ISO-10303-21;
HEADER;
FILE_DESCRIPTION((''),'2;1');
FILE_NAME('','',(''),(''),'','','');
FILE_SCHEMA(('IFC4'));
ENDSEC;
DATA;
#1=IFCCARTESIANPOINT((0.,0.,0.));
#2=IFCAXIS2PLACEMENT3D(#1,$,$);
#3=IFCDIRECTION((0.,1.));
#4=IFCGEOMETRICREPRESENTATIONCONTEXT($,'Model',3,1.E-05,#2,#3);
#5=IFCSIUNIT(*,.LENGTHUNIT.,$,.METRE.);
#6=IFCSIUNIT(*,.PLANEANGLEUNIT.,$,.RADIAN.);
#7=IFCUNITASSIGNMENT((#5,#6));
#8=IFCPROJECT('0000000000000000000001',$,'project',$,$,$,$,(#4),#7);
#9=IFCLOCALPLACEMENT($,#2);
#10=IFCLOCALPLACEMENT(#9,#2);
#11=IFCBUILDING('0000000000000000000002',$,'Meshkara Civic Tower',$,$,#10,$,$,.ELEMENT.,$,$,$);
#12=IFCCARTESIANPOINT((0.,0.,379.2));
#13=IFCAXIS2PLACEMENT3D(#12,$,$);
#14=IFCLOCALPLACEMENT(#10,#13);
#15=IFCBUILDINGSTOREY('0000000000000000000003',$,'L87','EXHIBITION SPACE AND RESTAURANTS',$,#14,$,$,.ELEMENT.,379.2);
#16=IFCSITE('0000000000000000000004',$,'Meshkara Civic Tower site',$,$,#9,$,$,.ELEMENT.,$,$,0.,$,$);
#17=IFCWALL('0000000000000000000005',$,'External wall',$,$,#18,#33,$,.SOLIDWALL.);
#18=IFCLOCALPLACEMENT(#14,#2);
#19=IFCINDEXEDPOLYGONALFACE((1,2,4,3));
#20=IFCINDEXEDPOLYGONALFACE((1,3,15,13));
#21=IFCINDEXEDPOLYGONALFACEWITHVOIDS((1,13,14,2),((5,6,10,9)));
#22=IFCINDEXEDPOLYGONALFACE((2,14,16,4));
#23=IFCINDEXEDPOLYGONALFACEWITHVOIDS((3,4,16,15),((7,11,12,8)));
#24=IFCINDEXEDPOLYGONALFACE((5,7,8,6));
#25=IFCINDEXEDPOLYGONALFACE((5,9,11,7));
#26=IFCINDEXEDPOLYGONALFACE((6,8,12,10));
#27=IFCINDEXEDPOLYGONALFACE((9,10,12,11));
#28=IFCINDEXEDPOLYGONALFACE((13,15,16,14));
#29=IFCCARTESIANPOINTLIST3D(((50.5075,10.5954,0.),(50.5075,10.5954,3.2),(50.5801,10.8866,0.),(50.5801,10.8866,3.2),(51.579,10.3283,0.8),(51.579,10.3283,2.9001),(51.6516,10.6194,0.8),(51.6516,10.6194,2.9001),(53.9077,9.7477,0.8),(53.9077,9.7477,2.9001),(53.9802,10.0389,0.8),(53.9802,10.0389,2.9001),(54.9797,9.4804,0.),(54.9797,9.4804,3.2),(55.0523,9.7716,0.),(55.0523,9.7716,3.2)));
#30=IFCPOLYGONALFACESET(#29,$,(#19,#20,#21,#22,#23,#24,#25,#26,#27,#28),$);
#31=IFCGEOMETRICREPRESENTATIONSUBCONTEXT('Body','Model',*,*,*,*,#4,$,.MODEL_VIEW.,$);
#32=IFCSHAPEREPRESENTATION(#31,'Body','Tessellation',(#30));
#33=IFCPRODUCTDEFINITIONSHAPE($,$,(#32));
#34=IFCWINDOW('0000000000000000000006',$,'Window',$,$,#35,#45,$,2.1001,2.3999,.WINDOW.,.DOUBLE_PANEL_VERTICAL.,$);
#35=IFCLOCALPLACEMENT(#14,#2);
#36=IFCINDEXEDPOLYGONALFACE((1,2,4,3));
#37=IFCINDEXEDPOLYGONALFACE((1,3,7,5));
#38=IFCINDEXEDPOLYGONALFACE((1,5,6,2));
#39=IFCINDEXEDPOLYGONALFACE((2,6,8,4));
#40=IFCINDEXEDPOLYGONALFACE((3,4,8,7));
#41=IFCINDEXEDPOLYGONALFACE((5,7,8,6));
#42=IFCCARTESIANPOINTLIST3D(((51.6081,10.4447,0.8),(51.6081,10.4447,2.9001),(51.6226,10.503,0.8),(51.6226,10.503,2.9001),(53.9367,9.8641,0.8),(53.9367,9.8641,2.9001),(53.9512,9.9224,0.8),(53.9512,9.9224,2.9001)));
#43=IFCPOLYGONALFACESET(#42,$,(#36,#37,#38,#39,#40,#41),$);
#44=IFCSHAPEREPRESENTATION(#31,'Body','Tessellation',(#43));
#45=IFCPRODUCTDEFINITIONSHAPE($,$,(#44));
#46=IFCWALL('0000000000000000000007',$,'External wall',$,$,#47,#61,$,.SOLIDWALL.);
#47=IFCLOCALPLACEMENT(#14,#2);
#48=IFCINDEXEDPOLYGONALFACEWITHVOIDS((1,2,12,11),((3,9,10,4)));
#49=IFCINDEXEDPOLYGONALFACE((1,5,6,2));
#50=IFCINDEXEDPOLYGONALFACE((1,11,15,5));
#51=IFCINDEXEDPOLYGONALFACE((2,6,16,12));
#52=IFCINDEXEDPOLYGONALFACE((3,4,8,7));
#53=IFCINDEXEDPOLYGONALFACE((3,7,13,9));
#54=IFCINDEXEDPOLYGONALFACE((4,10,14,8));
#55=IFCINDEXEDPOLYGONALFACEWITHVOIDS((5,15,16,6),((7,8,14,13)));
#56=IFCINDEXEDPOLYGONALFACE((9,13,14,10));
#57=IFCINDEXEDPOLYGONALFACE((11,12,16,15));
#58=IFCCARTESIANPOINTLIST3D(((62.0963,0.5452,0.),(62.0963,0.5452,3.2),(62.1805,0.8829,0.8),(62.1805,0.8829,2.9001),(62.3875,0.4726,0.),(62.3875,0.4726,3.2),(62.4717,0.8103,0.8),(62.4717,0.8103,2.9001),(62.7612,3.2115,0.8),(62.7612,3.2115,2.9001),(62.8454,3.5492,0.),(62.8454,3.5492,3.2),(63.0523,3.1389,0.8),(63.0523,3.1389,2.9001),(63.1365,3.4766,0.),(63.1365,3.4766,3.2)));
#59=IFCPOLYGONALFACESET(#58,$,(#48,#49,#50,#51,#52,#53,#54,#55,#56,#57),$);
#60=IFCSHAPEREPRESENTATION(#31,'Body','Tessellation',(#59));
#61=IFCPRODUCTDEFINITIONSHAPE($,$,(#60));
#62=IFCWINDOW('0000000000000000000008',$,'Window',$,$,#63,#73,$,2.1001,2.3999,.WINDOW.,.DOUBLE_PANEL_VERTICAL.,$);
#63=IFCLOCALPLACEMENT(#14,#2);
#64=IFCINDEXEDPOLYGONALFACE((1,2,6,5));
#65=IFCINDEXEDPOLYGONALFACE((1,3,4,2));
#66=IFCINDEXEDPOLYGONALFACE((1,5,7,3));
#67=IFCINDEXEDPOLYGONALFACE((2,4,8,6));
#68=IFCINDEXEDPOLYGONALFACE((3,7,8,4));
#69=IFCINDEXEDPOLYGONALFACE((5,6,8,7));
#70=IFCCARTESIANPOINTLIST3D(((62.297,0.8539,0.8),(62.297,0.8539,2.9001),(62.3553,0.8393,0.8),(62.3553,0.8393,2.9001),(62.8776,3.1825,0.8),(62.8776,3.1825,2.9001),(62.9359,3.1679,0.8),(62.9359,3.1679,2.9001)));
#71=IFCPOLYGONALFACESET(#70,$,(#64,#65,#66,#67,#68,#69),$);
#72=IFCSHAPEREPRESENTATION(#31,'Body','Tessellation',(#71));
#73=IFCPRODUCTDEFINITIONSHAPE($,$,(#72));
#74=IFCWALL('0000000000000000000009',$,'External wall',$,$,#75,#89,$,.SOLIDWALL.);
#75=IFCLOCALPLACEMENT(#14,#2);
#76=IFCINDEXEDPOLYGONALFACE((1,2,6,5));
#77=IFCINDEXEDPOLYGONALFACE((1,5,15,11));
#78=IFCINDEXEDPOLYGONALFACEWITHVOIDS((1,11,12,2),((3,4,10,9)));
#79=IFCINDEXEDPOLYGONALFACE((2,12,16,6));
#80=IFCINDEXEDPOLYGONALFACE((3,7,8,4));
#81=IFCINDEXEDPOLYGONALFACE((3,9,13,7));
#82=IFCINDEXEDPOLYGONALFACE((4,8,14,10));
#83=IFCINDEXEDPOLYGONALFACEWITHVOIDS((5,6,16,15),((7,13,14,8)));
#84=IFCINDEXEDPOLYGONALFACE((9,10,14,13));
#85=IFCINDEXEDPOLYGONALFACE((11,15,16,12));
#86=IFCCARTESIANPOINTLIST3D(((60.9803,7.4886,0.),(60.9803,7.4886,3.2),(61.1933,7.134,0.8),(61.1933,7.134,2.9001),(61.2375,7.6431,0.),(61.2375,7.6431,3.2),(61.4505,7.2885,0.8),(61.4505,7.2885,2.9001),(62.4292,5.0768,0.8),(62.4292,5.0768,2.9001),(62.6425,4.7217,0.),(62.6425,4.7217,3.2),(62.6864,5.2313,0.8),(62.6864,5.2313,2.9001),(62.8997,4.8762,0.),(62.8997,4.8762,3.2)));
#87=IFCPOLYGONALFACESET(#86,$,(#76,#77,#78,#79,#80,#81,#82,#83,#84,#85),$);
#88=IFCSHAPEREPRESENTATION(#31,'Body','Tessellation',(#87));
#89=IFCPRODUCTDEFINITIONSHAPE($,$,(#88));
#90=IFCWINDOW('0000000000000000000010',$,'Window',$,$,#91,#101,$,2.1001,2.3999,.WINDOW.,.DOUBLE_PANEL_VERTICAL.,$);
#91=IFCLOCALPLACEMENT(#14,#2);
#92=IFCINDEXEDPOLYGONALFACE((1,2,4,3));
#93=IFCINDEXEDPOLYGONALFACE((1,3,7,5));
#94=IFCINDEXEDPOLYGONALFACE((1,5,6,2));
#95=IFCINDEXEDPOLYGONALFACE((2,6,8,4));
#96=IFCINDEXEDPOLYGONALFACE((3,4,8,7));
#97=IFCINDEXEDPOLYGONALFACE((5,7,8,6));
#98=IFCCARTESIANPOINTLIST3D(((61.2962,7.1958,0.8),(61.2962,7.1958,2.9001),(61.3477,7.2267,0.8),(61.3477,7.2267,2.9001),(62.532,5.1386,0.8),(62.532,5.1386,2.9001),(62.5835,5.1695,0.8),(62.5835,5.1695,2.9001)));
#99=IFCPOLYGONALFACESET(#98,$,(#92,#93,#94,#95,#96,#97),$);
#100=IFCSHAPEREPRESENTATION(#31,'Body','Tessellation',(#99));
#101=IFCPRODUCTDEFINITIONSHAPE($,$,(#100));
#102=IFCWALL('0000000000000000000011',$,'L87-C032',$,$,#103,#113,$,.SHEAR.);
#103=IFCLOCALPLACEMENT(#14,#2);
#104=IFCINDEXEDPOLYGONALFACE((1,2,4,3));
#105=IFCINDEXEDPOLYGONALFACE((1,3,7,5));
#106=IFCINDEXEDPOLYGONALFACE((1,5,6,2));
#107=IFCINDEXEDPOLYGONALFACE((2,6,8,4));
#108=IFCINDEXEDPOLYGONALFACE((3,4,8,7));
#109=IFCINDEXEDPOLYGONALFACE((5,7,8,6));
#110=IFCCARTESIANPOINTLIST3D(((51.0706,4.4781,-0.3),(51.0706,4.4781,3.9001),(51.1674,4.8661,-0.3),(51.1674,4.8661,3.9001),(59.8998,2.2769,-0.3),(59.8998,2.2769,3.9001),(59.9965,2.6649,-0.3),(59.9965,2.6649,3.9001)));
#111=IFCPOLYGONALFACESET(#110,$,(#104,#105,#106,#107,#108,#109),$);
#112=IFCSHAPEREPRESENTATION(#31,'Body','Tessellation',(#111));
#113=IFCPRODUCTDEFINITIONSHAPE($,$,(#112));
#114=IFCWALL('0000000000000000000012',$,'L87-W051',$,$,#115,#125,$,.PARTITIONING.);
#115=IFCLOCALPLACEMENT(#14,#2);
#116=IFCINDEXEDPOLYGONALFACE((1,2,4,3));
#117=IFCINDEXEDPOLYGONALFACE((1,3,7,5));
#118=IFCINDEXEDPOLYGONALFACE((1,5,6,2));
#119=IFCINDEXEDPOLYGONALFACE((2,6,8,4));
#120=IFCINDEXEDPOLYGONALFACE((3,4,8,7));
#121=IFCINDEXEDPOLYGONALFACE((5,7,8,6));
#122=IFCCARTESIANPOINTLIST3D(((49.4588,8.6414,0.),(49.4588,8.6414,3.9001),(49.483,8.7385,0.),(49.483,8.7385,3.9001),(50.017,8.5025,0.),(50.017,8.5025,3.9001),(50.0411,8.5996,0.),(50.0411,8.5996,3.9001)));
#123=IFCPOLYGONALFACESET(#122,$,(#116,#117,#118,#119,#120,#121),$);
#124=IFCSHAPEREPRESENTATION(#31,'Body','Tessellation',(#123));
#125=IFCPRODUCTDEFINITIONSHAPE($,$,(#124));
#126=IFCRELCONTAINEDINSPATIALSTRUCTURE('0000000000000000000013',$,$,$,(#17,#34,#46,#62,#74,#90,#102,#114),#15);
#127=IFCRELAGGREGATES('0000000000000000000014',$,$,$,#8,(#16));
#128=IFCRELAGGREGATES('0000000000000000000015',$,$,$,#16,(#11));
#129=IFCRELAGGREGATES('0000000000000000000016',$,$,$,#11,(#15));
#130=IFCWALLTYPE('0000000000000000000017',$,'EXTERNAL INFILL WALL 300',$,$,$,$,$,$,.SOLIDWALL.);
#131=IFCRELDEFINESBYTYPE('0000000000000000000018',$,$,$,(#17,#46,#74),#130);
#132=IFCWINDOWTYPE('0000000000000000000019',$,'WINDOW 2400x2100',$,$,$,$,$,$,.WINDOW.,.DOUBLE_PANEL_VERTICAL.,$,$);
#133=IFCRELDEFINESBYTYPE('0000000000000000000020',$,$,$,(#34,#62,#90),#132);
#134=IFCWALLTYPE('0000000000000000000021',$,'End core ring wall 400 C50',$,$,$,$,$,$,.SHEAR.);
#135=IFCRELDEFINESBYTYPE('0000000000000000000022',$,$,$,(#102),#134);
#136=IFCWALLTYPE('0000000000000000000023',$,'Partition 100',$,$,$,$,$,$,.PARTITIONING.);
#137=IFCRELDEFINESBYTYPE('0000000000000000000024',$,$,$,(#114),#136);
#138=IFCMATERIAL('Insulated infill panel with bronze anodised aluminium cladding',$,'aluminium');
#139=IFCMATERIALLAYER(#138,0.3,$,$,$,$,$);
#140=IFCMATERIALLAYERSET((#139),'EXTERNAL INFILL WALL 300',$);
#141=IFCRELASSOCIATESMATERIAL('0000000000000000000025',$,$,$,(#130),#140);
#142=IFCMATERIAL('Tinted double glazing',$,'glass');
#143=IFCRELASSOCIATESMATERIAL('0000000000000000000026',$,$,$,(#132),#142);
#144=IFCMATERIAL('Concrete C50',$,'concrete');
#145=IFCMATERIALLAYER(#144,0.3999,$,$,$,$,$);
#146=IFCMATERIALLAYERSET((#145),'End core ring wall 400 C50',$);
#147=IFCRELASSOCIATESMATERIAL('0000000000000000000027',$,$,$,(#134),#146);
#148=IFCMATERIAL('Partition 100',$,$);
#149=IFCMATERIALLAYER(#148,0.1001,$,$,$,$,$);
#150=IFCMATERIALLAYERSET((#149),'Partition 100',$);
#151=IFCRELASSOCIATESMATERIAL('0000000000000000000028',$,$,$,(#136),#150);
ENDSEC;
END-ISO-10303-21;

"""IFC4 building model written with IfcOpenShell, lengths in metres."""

from ifc_helpers import new_model, si_unit, direction, frame, frame_2d, origin, place, context, subcontext, project, spatial, rectangle, extrude, material, layer, layer_set, type_object, element, fill, save


model = new_model("IFC4")

# Units and contexts
model_context = context("Model", 3, precision=1e-05, world=origin(), true_north=direction((0.0, 1.0)))
body_context = subcontext(model_context, "Body", "Model", "MODEL_VIEW")
ifc_project = project(units=[si_unit("LENGTHUNIT", "METRE"), si_unit("PLANEANGLEUNIT", "RADIAN")], contexts=[model_context])

# Site, building, storey
site_placement = place(None, origin())
site = spatial("IfcSite", under=ifc_project, at=site_placement, Name="Meshkara Civic Tower site", CompositionType="ELEMENT", RefElevation=0.0)
building_placement = place(site_placement, origin())
building = spatial("IfcBuilding", under=site, at=building_placement, Name="Meshkara Civic Tower", CompositionType="ELEMENT")
storey_placement = place(building_placement, frame((0.0, 0.0, 379.2)))
storey = spatial("IfcBuildingStorey", under=building, at=storey_placement, Name="L87", Description="EXHIBITION SPACE AND RESTAURANTS", CompositionType="ELEMENT", Elevation=379.2)

# Walls, openings, windows
ifc_material_1 = material(Name="Insulated infill panel with bronze anodised aluminium cladding", Category="aluminium")
ifc_layer_1 = layer(ifc_material_1, 0.3)
ifc_layer_set_1 = layer_set([ifc_layer_1], Name="EXTERNAL INFILL WALL 300")
wall_type_1 = type_object("IfcWallType", Name="EXTERNAL INFILL WALL 300", PredefinedType="SOLIDWALL", material=ifc_layer_set_1)
ifc_material_2 = material(Name="Tinted double glazing", Category="glass")
window_type = type_object("IfcWindowType", Name="WINDOW 2400x2100", PartitioningType="DOUBLE_PANEL_VERTICAL", PredefinedType="WINDOW", material=ifc_material_2)
wall_1_placement = place(storey_placement, frame((55.0161, 9.626, 0.0), z_axis=(0.0, 0.0, 1.0), x_axis=(-0.970298, 0.241912, 0.0)))
wall_1 = element("IfcWall", 1, at=wall_1_placement, inside=storey, type_object=wall_type_1, Name="External wall", PredefinedType="SOLIDWALL", context=body_context, shape_type="SweptSolid", body=[
    extrude(rectangle(XDim=4.6091, YDim=0.3, at=frame_2d((2.3047, 0.0))), origin(), (0.0, 0.0, 1.0), 3.2),
])
opening_1_placement = place(wall_1_placement, frame((1.105, 0.0, 0.8)))
opening_1 = element("IfcOpeningElement", 2, at=opening_1_placement, cuts=wall_1, PredefinedType="OPENING", context=body_context, shape_type="SweptSolid", body=[
    extrude(rectangle(XDim=2.3999, YDim=2.1001, at=frame_2d((1.2, 1.05))), frame((0.0, 0.1599, 0.0), z_axis=(0.0, -1.0, 0.0), x_axis=(1.0, 0.0, 0.0)), (0.0, 0.0, 1.0), 0.3201),
])
window_1_placement = place(opening_1_placement, origin())
window_1 = element("IfcWindow", 3, at=window_1_placement, inside=storey, type_object=window_type, Name="Window", OverallHeight=2.1001, OverallWidth=2.3999, PartitioningType="DOUBLE_PANEL_VERTICAL", PredefinedType="WINDOW", context=body_context, shape_type="SweptSolid", body=[
    extrude(rectangle(XDim=2.3999, YDim=2.1001, at=frame_2d((1.2, 1.05))), frame((0.0, 0.03, 0.0), z_axis=(0.0, -1.0, 0.0), x_axis=(1.0, 0.0, 0.0)), (0.0, 0.0, 1.0), 0.0601),
])
fill(opening_1, window_1)
wall_2_placement = place(storey_placement, frame((62.2419, 0.509, 0.0), z_axis=(0.0, 0.0, 1.0), x_axis=(0.241942, 0.970291, 0.0)))
wall_2 = element("IfcWall", 4, at=wall_2_placement, inside=storey, type_object=wall_type_1, Name="External wall", PredefinedType="SOLIDWALL", context=body_context, shape_type="SweptSolid", body=[
    extrude(rectangle(XDim=3.0959, YDim=0.3, at=frame_2d((1.5479, 0.0))), origin(), (0.0, 0.0, 1.0), 3.2),
])
opening_2_placement = place(wall_2_placement, frame((0.3479, 0.0, 0.8)))
opening_2 = element("IfcOpeningElement", 5, at=opening_2_placement, cuts=wall_2, PredefinedType="OPENING", context=body_context, shape_type="SweptSolid", body=[
    extrude(rectangle(XDim=2.3999, YDim=2.1001, at=frame_2d((1.2, 1.05))), frame((0.0, 0.1599, 0.0), z_axis=(0.0, -1.0, 0.0), x_axis=(1.0, 0.0, 0.0)), (0.0, 0.0, 1.0), 0.3201),
])
window_2_placement = place(opening_2_placement, origin())
window_2 = element("IfcWindow", 6, at=window_2_placement, inside=storey, type_object=window_type, Name="Window", OverallHeight=2.1001, OverallWidth=2.3999, PartitioningType="DOUBLE_PANEL_VERTICAL", PredefinedType="WINDOW", context=body_context, shape_type="SweptSolid", body=[
    extrude(rectangle(XDim=2.3999, YDim=2.1001, at=frame_2d((1.2, 1.05))), frame((0.0, 0.03, 0.0), z_axis=(0.0, -1.0, 0.0), x_axis=(1.0, 0.0, 0.0)), (0.0, 0.0, 1.0), 0.0601),
])
fill(opening_2, window_2)
wall_3_placement = place(storey_placement, frame((62.771, 4.7991, 0.0), z_axis=(0.0, 0.0, 1.0), x_axis=(-0.514952, 0.857219, 0.0)))
wall_3 = element("IfcWall", 7, at=wall_3_placement, inside=storey, type_object=wall_type_1, Name="External wall", PredefinedType="SOLIDWALL", context=body_context, shape_type="SweptSolid", body=[
    extrude(rectangle(XDim=3.2278, YDim=0.3, at=frame_2d((1.6138, 0.0))), origin(), (0.0, 0.0, 1.0), 3.2),
])
opening_3_placement = place(wall_3_placement, frame((0.4141, 0.0, 0.8)))
opening_3 = element("IfcOpeningElement", 8, at=opening_3_placement, cuts=wall_3, PredefinedType="OPENING", context=body_context, shape_type="SweptSolid", body=[
    extrude(rectangle(XDim=2.3999, YDim=2.1001, at=frame_2d((1.2, 1.05))), frame((0.0, 0.1599, 0.0), z_axis=(0.0, -1.0, 0.0), x_axis=(1.0, 0.0, 0.0)), (0.0, 0.0, 1.0), 0.3201),
])
window_3_placement = place(opening_3_placement, origin())
window_3 = element("IfcWindow", 9, at=window_3_placement, inside=storey, type_object=window_type, Name="Window", OverallHeight=2.1001, OverallWidth=2.3999, PartitioningType="DOUBLE_PANEL_VERTICAL", PredefinedType="WINDOW", context=body_context, shape_type="SweptSolid", body=[
    extrude(rectangle(XDim=2.3999, YDim=2.1001, at=frame_2d((1.2, 1.05))), frame((0.0, 0.03, 0.0), z_axis=(0.0, -1.0, 0.0), x_axis=(1.0, 0.0, 0.0)), (0.0, 0.0, 1.0), 0.0601),
])
fill(opening_3, window_3)

# Walls
ifc_material_3 = material(Name="Concrete C50", Category="concrete")
ifc_layer_2 = layer(ifc_material_3, 0.3999)
ifc_layer_set_2 = layer_set([ifc_layer_2], Name="End core ring wall 400 C50")
wall_type_2 = type_object("IfcWallType", Name="End core ring wall 400 C50", PredefinedType="SHEAR", material=ifc_layer_set_2)
wall_4_placement = place(storey_placement, frame((51.1189, 4.6721, -0.3), z_axis=(0.0, 0.0, 1.0), x_axis=(0.9703, -0.241904, 0.0)))
element("IfcWall", 10, at=wall_4_placement, inside=storey, type_object=wall_type_2, Name="L87-C032", PredefinedType="SHEAR", context=body_context, shape_type="SweptSolid", body=[
    extrude(rectangle(XDim=9.0994, YDim=0.3999, at=frame_2d((4.5498, 0.0))), origin(), (0.0, 0.0, 1.0), 4.2002),
])
ifc_material_4 = material(Name="Partition 100")
ifc_layer_3 = layer(ifc_material_4, 0.1001)
ifc_layer_set_3 = layer_set([ifc_layer_3], Name="Partition 100")
wall_type_3 = type_object("IfcWallType", Name="Partition 100", PredefinedType="PARTITIONING", material=ifc_layer_set_3)
wall_5_placement = place(storey_placement, frame((50.0291, 8.551, 0.0), z_axis=(0.0, 0.0, 1.0), x_axis=(-0.970392, 0.241537, 0.0)))
element("IfcWall", 11, at=wall_5_placement, inside=storey, type_object=wall_type_3, Name="L87-W051", PredefinedType="PARTITIONING", context=body_context, shape_type="SweptSolid", body=[
    extrude(rectangle(XDim=0.5752, YDim=0.1001, at=frame_2d((0.2876, 0.0))), origin(), (0.0, 0.0, 1.0), 3.9001),
])

save(model, "model.ifc")
